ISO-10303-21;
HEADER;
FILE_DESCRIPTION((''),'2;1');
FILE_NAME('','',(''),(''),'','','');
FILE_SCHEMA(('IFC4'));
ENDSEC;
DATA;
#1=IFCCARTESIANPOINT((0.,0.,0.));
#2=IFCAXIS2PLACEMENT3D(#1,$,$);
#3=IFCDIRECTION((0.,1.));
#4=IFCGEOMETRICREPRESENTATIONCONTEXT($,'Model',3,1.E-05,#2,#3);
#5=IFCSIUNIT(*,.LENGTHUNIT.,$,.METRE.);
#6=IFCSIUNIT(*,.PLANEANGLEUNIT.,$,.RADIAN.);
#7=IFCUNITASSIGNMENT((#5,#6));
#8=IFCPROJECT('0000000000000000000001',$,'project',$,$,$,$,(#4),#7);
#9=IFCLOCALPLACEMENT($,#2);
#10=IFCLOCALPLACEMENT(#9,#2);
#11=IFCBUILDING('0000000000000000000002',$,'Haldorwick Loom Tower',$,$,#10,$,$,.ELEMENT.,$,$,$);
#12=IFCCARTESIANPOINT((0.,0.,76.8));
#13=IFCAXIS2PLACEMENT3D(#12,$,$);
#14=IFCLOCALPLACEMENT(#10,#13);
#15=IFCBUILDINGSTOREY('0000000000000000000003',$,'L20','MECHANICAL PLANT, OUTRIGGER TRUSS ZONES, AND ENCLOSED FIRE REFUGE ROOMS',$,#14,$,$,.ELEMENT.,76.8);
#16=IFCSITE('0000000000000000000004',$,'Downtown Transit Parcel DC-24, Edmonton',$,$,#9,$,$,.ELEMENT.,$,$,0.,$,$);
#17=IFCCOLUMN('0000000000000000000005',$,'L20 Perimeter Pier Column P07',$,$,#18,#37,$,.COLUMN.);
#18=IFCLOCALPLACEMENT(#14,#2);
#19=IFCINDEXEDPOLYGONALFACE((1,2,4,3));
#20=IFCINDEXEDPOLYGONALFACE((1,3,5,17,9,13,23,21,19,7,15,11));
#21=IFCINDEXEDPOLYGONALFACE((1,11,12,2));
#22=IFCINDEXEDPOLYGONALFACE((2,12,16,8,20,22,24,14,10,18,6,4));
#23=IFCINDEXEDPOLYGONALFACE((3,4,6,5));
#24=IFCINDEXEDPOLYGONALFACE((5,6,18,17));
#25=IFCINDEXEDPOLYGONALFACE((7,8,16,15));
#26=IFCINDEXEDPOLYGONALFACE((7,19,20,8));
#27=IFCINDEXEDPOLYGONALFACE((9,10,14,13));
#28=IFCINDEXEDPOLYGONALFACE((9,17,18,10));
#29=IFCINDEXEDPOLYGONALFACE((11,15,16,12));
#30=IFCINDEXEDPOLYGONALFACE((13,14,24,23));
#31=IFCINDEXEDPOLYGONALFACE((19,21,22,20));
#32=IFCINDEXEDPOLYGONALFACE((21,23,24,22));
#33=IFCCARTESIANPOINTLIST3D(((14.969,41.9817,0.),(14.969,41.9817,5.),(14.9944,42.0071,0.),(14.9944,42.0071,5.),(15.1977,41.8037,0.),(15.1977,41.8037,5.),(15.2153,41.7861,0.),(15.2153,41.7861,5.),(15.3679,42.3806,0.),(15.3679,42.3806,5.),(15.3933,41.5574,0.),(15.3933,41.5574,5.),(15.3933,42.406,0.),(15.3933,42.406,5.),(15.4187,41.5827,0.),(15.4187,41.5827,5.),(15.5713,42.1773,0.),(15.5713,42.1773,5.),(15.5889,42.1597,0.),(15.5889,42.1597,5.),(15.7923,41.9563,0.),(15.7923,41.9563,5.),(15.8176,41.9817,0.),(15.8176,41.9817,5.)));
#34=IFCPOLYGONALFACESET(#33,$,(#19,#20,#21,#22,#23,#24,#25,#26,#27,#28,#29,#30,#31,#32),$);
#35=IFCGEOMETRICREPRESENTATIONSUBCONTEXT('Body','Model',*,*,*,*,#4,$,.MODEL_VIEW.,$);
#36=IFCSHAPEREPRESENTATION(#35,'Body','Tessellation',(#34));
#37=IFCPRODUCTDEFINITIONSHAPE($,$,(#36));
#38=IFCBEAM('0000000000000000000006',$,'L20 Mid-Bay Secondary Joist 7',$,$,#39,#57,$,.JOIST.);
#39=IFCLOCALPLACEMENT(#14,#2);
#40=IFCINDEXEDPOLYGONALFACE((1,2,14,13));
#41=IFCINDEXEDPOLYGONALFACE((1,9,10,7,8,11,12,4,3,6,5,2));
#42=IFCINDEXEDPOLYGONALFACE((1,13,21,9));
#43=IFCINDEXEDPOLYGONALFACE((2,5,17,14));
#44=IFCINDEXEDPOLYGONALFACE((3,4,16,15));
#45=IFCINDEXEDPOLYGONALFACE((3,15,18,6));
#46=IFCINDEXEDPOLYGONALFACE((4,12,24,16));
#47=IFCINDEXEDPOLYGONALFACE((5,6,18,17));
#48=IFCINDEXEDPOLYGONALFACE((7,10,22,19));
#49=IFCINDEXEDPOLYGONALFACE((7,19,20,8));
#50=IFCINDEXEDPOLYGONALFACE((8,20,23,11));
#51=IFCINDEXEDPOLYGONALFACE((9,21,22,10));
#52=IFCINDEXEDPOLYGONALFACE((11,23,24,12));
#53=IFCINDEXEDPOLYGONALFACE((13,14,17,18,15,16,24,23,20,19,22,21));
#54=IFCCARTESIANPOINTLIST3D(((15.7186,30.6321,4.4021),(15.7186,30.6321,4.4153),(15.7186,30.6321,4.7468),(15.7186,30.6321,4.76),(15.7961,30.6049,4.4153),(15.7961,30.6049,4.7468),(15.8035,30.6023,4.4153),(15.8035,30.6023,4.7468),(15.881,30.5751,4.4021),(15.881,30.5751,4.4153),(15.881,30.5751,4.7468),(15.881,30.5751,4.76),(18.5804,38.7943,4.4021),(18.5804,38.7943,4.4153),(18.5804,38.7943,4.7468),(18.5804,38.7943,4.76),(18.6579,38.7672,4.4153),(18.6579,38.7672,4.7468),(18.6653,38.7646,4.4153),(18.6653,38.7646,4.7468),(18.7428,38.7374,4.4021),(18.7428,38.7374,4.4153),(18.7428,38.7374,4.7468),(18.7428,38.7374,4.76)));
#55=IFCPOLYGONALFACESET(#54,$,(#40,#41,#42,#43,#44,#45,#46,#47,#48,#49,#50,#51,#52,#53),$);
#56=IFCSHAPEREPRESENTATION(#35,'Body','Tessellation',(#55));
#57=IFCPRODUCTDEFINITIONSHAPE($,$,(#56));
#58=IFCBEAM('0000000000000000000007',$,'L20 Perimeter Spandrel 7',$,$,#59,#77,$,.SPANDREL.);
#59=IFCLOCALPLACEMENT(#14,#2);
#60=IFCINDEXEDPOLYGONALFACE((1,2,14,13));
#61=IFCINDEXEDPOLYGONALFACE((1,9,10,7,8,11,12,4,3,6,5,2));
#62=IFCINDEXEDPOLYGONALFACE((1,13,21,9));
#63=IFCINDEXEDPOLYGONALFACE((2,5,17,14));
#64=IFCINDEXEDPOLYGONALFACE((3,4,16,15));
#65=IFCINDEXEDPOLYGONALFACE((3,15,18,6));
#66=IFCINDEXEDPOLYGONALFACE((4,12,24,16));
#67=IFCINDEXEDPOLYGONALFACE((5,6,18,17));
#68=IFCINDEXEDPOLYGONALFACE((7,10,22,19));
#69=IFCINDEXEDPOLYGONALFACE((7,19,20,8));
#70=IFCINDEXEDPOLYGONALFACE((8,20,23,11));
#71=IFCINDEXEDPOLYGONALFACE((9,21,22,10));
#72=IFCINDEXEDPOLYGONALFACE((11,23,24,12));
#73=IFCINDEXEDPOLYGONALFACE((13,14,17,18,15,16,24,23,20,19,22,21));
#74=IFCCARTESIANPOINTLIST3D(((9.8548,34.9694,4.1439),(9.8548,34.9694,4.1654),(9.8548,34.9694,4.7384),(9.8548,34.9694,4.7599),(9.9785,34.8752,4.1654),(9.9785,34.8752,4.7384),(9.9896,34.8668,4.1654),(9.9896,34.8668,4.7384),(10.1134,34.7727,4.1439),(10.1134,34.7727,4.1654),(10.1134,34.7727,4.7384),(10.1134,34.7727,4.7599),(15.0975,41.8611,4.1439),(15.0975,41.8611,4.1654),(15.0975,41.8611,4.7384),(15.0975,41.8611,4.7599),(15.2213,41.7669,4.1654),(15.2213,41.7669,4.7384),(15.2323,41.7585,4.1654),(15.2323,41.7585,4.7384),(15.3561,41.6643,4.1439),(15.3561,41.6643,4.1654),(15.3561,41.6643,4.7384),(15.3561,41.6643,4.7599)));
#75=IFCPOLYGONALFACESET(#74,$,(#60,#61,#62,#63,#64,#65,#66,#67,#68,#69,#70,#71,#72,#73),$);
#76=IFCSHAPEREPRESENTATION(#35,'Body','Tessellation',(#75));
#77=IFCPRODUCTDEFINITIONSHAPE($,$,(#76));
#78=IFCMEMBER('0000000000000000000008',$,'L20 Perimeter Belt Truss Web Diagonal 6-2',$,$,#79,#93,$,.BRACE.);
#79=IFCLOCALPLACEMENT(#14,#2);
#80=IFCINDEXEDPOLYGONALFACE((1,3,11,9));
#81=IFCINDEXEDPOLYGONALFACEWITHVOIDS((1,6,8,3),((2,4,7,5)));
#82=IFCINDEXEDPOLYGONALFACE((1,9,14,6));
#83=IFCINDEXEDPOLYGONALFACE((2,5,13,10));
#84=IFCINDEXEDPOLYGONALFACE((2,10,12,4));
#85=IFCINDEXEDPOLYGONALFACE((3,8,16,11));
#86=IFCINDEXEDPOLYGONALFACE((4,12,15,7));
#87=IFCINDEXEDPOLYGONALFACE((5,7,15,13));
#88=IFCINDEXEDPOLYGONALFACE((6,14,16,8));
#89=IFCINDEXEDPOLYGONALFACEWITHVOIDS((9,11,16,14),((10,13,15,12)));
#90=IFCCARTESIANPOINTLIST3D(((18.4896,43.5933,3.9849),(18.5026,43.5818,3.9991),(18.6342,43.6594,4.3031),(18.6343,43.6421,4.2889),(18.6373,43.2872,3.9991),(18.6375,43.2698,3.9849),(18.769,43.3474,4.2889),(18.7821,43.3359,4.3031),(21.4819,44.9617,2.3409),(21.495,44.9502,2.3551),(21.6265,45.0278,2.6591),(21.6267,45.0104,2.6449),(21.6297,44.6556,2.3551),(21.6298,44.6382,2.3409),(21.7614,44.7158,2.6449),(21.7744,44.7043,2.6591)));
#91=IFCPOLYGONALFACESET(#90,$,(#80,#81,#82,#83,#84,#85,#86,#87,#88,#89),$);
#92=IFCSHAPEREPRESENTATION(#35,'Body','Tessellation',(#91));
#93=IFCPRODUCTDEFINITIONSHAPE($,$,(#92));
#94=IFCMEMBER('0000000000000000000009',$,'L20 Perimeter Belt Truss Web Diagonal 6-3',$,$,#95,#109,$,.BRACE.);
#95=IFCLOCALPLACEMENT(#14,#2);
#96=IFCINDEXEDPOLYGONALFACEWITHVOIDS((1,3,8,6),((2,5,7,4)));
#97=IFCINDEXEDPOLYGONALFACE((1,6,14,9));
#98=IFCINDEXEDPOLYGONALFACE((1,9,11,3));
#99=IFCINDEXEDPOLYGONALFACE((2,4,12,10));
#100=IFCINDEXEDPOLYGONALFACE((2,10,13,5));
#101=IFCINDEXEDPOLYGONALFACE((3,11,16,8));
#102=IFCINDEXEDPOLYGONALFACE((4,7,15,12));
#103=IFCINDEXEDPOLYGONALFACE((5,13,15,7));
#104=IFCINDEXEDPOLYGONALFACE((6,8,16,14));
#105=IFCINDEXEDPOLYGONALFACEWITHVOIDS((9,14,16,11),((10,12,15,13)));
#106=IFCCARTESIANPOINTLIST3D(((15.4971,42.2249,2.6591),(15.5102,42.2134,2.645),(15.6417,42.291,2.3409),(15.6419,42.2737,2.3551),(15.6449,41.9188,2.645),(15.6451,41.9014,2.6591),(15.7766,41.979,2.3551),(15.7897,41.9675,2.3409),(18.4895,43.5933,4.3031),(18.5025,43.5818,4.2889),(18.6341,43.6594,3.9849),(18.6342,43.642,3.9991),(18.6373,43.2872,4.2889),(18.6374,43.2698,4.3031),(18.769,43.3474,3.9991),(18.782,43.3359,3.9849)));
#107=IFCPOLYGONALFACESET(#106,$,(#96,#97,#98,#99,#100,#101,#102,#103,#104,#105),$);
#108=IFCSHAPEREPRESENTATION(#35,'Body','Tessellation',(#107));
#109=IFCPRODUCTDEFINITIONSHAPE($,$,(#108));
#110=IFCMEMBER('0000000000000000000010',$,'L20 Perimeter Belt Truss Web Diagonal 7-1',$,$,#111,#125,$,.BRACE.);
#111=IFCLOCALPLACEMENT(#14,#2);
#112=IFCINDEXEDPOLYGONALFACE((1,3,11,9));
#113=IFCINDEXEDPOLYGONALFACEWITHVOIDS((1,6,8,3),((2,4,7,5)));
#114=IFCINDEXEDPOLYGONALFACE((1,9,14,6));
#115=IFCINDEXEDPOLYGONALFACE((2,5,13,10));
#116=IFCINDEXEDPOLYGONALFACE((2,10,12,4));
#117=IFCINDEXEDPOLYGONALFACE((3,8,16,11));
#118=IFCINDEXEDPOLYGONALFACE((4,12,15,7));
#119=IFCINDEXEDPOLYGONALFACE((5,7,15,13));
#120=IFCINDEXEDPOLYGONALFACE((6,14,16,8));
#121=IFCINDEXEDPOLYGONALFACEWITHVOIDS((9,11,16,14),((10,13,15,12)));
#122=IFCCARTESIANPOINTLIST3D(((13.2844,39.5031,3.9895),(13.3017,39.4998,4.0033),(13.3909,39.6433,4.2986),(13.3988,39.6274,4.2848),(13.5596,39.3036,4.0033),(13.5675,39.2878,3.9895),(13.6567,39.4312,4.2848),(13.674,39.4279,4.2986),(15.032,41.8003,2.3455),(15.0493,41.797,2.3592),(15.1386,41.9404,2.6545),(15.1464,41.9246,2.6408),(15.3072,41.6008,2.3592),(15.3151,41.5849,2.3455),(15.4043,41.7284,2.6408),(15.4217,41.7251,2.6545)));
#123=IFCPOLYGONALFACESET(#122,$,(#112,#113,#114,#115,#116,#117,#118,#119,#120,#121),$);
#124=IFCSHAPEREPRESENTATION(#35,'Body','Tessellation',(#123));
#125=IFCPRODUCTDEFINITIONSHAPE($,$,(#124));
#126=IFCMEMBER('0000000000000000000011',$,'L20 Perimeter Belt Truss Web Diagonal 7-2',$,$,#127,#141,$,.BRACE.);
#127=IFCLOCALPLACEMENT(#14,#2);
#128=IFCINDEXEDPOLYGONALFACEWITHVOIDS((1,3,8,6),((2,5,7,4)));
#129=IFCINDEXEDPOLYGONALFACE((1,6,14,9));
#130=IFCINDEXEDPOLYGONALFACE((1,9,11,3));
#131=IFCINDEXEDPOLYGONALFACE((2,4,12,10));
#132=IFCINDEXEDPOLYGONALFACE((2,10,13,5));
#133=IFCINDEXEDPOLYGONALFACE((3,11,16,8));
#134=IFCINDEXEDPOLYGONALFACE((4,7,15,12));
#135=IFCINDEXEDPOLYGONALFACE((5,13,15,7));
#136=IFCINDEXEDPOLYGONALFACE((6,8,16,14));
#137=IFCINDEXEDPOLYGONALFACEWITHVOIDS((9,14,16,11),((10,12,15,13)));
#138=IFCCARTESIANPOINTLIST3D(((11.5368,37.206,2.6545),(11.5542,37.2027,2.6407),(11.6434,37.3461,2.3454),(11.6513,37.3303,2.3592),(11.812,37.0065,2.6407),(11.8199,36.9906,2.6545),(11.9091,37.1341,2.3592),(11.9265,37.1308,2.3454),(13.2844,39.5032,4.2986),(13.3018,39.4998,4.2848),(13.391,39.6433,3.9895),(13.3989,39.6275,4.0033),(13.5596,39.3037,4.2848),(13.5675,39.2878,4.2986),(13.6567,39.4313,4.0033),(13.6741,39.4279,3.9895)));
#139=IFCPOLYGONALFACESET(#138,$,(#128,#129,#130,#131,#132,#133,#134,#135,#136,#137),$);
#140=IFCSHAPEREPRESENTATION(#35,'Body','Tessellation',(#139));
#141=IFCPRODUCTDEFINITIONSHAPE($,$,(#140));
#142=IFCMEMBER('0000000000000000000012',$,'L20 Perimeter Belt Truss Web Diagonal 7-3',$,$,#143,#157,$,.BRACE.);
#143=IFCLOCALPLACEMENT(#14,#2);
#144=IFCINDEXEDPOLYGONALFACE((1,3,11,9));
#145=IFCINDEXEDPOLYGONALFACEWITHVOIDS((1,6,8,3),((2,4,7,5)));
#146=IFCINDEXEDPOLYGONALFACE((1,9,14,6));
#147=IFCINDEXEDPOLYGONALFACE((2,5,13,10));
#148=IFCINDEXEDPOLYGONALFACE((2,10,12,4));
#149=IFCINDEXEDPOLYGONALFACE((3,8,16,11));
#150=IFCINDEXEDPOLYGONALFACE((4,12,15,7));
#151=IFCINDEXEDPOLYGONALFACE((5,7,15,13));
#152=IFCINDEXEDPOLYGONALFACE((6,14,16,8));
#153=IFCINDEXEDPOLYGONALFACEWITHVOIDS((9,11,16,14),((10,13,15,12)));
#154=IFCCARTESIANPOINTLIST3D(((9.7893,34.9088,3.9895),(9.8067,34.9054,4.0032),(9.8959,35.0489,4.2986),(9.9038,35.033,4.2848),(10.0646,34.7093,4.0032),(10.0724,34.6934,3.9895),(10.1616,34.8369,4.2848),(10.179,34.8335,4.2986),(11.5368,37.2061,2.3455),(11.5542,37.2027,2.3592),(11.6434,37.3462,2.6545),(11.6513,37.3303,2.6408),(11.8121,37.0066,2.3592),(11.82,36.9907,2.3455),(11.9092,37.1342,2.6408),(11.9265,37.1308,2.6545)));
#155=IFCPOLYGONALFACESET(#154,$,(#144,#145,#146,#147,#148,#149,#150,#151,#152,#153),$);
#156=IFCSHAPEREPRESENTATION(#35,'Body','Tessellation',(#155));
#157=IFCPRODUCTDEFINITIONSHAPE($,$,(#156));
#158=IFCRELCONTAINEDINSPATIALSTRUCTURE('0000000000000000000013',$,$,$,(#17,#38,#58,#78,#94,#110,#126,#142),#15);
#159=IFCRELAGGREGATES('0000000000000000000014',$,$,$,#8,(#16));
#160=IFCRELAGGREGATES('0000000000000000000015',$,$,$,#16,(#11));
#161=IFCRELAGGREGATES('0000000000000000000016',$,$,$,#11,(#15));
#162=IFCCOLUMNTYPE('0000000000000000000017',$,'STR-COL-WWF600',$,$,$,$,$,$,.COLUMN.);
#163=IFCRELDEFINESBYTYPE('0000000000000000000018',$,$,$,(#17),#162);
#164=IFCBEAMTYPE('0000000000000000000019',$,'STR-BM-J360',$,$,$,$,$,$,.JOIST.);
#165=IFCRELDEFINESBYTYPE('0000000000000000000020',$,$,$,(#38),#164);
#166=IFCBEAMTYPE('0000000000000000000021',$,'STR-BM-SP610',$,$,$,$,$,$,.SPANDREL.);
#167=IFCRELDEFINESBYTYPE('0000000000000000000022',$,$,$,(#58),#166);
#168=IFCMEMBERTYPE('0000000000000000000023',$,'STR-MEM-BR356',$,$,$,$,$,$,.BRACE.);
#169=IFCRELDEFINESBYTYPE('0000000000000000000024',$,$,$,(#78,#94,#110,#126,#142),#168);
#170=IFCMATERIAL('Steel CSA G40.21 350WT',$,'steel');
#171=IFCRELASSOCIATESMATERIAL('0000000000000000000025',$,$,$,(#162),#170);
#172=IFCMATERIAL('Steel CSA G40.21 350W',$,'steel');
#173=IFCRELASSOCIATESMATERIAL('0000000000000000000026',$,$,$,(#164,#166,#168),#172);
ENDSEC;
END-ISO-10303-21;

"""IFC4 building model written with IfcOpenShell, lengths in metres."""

from ifc_helpers import new_model, si_unit, direction, frame, origin, origin_2d, place, context, subcontext, project, spatial, hollow_rectangle, i_section, extrude, material, material_profile, profile_set, type_object, element, save


model = new_model("IFC4")

# Units and contexts
model_context = context("Model", 3, precision=1e-05, world=origin(), true_north=direction((0.0, 1.0)))
body_context = subcontext(model_context, "Body", "Model", "MODEL_VIEW")
ifc_project = project(units=[si_unit("LENGTHUNIT", "METRE"), si_unit("PLANEANGLEUNIT", "RADIAN")], contexts=[model_context])

# Site, building, storey
site_placement = place(None, origin())
site = spatial("IfcSite", under=ifc_project, at=site_placement, Name="Downtown Transit Parcel DC-24, Edmonton", CompositionType="ELEMENT", RefElevation=0.0)
building_placement = place(site_placement, origin())
building = spatial("IfcBuilding", under=site, at=building_placement, Name="Haldorwick Loom Tower", CompositionType="ELEMENT")
storey_placement = place(building_placement, frame((0.0, 0.0, 76.8)))
storey = spatial("IfcBuildingStorey", under=building, at=storey_placement, Name="L20", Description="MECHANICAL PLANT, OUTRIGGER TRUSS ZONES, AND ENCLOSED FIRE REFUGE ROOMS", CompositionType="ELEMENT", Elevation=76.8)

# Column
ifc_material_1 = material(Name="Steel CSA G40.21 350WT", Category="steel")
ifc_material_profile_1 = material_profile(ifc_material_1, i_section(OverallWidth=0.6001, OverallDepth=0.6001, WebThickness=0.0249, FlangeThickness=0.0359, at=origin_2d()), Name="WWF600X600", Category="steel")
ifc_profile_set_1 = profile_set([ifc_material_profile_1], Name="Steel CSA G40.21 350WT")
column_type = type_object("IfcColumnType", Name="STR-COL-WWF600", PredefinedType="COLUMN", material=ifc_profile_set_1)
column_placement = place(storey_placement, frame((15.3933, 41.9817, 0.0), z_axis=(0.0, 0.0, 1.0), x_axis=(-0.707107, 0.707107, 0.0)))
element("IfcColumn", 1, at=column_placement, inside=storey, type_object=column_type, Name="L20 Perimeter Pier Column P07", PredefinedType="COLUMN", context=body_context, shape_type="SweptSolid", body=[
    extrude(i_section(OverallWidth=0.6001, OverallDepth=0.6001, WebThickness=0.0249, FlangeThickness=0.0359, at=origin_2d()), origin(), (0.0, 0.0, 1.0), 5.0),
])

# Beams
ifc_material_2 = material(Name="Steel CSA G40.21 350W", Category="steel")
ifc_material_profile_2 = material_profile(ifc_material_2, i_section(OverallWidth=0.1721, OverallDepth=0.3579, WebThickness=0.0078, FlangeThickness=0.0132, at=origin_2d()), Name="W360X57", Category="steel")
ifc_profile_set_2 = profile_set([ifc_material_profile_2], Name="Steel CSA G40.21 350W")
beam_type_1 = type_object("IfcBeamType", Name="STR-BM-J360", PredefinedType="JOIST", material=ifc_profile_set_2)
beam_1_placement = place(storey_placement, frame((18.6616, 38.7659, 4.5811), z_axis=(-0.330865, -0.943678, 0.0), x_axis=(0.943678, -0.330865, 0.0)))
element("IfcBeam", 2, at=beam_1_placement, inside=storey, type_object=beam_type_1, Name="L20 Mid-Bay Secondary Joist 7", PredefinedType="JOIST", context=body_context, shape_type="SweptSolid", body=[
    extrude(i_section(OverallWidth=0.1721, OverallDepth=0.3579, WebThickness=0.0078, FlangeThickness=0.0132, at=origin_2d()), origin(), (0.0, 0.0, 1.0), 8.6494),
])
ifc_material_profile_3 = material_profile(ifc_material_2, i_section(OverallWidth=0.325, OverallDepth=0.616, WebThickness=0.0139, FlangeThickness=0.0215, at=origin_2d()), Name="W610X174", Category="steel")
ifc_profile_set_3 = profile_set([ifc_material_profile_3], Name="Steel CSA G40.21 350W")
beam_type_2 = type_object("IfcBeamType", Name="STR-BM-SP610", PredefinedType="SPANDREL", material=ifc_profile_set_3)
beam_2_placement = place(storey_placement, frame((15.2268, 41.7627, 4.4519), z_axis=(-0.605454, -0.795881, 0.0), x_axis=(0.795881, -0.605454, 0.0)))
element("IfcBeam", 3, at=beam_2_placement, inside=storey, type_object=beam_type_2, Name="L20 Perimeter Spandrel 7", PredefinedType="SPANDREL", context=body_context, shape_type="SweptSolid", body=[
    extrude(i_section(OverallWidth=0.325, OverallDepth=0.616, WebThickness=0.0139, FlangeThickness=0.0215, at=origin_2d()), origin(), (0.0, 0.0, 1.0), 8.6592),
])

# Members
ifc_material_profile_4 = material_profile(ifc_material_2, hollow_rectangle(XDim=0.3557, YDim=0.3557, WallThickness=0.0159, at=origin_2d()), Name="HSS356X356X16", Category="steel")
ifc_profile_set_4 = profile_set([ifc_material_profile_4], Name="Steel CSA G40.21 350W")
member_type_1 = type_object("IfcMemberType", Name="STR-MEM-BR356", PredefinedType="BRACE", material=ifc_profile_set_4)
for number, where, z_axis, x_axis, name in (
    (4, (21.6282, 44.833, 2.5), (-0.813531, -0.37202, 0.446954), (0.41587, -0.909424, 0.0), "L20 Perimeter Belt Truss Web Diagonal 6-2"),
    (5, (18.6357, 43.4646, 4.144), (-0.813531, -0.37202, -0.446954), (0.41587, -0.909424, 0.0), "L20 Perimeter Belt Truss Web Diagonal 6-3"),
):
    element("IfcMember", number, at=place(storey_placement, frame(where, z_axis=z_axis, x_axis=x_axis)), inside=storey, type_object=member_type_1, Name=name, PredefinedType="BRACE", context=body_context, shape_type="SweptSolid", body=[
        extrude(hollow_rectangle(XDim=0.3557, YDim=0.3557, WallThickness=0.0159, at=origin_2d()), origin(), (0.0, 0.0, 1.0), 3.6782),
    ])
for number, where, z_axis, x_axis, name in (
    (6, (15.2268, 41.7627, 2.5), (-0.526106, -0.691552, 0.494942), (0.79587, -0.605467, 0.0), "L20 Perimeter Belt Truss Web Diagonal 7-1"),
    (7, (13.4792, 39.4656, 4.144), (-0.526106, -0.691552, -0.494942), (0.79587, -0.605467, 0.0), "L20 Perimeter Belt Truss Web Diagonal 7-2"),
    (8, (11.7317, 37.1685, 2.5), (-0.526079, -0.691591, 0.494917), (0.795901, -0.605426, 0.0), "L20 Perimeter Belt Truss Web Diagonal 7-3"),
):
    element("IfcMember", number, at=place(storey_placement, frame(where, z_axis=z_axis, x_axis=x_axis)), inside=storey, type_object=member_type_1, Name=name, PredefinedType="BRACE", context=body_context, shape_type="SweptSolid", body=[
        extrude(hollow_rectangle(XDim=0.3557, YDim=0.3557, WallThickness=0.0159, at=origin_2d()), origin(), (0.0, 0.0, 1.0), 3.3218),
    ])

save(model, "model.ifc")
